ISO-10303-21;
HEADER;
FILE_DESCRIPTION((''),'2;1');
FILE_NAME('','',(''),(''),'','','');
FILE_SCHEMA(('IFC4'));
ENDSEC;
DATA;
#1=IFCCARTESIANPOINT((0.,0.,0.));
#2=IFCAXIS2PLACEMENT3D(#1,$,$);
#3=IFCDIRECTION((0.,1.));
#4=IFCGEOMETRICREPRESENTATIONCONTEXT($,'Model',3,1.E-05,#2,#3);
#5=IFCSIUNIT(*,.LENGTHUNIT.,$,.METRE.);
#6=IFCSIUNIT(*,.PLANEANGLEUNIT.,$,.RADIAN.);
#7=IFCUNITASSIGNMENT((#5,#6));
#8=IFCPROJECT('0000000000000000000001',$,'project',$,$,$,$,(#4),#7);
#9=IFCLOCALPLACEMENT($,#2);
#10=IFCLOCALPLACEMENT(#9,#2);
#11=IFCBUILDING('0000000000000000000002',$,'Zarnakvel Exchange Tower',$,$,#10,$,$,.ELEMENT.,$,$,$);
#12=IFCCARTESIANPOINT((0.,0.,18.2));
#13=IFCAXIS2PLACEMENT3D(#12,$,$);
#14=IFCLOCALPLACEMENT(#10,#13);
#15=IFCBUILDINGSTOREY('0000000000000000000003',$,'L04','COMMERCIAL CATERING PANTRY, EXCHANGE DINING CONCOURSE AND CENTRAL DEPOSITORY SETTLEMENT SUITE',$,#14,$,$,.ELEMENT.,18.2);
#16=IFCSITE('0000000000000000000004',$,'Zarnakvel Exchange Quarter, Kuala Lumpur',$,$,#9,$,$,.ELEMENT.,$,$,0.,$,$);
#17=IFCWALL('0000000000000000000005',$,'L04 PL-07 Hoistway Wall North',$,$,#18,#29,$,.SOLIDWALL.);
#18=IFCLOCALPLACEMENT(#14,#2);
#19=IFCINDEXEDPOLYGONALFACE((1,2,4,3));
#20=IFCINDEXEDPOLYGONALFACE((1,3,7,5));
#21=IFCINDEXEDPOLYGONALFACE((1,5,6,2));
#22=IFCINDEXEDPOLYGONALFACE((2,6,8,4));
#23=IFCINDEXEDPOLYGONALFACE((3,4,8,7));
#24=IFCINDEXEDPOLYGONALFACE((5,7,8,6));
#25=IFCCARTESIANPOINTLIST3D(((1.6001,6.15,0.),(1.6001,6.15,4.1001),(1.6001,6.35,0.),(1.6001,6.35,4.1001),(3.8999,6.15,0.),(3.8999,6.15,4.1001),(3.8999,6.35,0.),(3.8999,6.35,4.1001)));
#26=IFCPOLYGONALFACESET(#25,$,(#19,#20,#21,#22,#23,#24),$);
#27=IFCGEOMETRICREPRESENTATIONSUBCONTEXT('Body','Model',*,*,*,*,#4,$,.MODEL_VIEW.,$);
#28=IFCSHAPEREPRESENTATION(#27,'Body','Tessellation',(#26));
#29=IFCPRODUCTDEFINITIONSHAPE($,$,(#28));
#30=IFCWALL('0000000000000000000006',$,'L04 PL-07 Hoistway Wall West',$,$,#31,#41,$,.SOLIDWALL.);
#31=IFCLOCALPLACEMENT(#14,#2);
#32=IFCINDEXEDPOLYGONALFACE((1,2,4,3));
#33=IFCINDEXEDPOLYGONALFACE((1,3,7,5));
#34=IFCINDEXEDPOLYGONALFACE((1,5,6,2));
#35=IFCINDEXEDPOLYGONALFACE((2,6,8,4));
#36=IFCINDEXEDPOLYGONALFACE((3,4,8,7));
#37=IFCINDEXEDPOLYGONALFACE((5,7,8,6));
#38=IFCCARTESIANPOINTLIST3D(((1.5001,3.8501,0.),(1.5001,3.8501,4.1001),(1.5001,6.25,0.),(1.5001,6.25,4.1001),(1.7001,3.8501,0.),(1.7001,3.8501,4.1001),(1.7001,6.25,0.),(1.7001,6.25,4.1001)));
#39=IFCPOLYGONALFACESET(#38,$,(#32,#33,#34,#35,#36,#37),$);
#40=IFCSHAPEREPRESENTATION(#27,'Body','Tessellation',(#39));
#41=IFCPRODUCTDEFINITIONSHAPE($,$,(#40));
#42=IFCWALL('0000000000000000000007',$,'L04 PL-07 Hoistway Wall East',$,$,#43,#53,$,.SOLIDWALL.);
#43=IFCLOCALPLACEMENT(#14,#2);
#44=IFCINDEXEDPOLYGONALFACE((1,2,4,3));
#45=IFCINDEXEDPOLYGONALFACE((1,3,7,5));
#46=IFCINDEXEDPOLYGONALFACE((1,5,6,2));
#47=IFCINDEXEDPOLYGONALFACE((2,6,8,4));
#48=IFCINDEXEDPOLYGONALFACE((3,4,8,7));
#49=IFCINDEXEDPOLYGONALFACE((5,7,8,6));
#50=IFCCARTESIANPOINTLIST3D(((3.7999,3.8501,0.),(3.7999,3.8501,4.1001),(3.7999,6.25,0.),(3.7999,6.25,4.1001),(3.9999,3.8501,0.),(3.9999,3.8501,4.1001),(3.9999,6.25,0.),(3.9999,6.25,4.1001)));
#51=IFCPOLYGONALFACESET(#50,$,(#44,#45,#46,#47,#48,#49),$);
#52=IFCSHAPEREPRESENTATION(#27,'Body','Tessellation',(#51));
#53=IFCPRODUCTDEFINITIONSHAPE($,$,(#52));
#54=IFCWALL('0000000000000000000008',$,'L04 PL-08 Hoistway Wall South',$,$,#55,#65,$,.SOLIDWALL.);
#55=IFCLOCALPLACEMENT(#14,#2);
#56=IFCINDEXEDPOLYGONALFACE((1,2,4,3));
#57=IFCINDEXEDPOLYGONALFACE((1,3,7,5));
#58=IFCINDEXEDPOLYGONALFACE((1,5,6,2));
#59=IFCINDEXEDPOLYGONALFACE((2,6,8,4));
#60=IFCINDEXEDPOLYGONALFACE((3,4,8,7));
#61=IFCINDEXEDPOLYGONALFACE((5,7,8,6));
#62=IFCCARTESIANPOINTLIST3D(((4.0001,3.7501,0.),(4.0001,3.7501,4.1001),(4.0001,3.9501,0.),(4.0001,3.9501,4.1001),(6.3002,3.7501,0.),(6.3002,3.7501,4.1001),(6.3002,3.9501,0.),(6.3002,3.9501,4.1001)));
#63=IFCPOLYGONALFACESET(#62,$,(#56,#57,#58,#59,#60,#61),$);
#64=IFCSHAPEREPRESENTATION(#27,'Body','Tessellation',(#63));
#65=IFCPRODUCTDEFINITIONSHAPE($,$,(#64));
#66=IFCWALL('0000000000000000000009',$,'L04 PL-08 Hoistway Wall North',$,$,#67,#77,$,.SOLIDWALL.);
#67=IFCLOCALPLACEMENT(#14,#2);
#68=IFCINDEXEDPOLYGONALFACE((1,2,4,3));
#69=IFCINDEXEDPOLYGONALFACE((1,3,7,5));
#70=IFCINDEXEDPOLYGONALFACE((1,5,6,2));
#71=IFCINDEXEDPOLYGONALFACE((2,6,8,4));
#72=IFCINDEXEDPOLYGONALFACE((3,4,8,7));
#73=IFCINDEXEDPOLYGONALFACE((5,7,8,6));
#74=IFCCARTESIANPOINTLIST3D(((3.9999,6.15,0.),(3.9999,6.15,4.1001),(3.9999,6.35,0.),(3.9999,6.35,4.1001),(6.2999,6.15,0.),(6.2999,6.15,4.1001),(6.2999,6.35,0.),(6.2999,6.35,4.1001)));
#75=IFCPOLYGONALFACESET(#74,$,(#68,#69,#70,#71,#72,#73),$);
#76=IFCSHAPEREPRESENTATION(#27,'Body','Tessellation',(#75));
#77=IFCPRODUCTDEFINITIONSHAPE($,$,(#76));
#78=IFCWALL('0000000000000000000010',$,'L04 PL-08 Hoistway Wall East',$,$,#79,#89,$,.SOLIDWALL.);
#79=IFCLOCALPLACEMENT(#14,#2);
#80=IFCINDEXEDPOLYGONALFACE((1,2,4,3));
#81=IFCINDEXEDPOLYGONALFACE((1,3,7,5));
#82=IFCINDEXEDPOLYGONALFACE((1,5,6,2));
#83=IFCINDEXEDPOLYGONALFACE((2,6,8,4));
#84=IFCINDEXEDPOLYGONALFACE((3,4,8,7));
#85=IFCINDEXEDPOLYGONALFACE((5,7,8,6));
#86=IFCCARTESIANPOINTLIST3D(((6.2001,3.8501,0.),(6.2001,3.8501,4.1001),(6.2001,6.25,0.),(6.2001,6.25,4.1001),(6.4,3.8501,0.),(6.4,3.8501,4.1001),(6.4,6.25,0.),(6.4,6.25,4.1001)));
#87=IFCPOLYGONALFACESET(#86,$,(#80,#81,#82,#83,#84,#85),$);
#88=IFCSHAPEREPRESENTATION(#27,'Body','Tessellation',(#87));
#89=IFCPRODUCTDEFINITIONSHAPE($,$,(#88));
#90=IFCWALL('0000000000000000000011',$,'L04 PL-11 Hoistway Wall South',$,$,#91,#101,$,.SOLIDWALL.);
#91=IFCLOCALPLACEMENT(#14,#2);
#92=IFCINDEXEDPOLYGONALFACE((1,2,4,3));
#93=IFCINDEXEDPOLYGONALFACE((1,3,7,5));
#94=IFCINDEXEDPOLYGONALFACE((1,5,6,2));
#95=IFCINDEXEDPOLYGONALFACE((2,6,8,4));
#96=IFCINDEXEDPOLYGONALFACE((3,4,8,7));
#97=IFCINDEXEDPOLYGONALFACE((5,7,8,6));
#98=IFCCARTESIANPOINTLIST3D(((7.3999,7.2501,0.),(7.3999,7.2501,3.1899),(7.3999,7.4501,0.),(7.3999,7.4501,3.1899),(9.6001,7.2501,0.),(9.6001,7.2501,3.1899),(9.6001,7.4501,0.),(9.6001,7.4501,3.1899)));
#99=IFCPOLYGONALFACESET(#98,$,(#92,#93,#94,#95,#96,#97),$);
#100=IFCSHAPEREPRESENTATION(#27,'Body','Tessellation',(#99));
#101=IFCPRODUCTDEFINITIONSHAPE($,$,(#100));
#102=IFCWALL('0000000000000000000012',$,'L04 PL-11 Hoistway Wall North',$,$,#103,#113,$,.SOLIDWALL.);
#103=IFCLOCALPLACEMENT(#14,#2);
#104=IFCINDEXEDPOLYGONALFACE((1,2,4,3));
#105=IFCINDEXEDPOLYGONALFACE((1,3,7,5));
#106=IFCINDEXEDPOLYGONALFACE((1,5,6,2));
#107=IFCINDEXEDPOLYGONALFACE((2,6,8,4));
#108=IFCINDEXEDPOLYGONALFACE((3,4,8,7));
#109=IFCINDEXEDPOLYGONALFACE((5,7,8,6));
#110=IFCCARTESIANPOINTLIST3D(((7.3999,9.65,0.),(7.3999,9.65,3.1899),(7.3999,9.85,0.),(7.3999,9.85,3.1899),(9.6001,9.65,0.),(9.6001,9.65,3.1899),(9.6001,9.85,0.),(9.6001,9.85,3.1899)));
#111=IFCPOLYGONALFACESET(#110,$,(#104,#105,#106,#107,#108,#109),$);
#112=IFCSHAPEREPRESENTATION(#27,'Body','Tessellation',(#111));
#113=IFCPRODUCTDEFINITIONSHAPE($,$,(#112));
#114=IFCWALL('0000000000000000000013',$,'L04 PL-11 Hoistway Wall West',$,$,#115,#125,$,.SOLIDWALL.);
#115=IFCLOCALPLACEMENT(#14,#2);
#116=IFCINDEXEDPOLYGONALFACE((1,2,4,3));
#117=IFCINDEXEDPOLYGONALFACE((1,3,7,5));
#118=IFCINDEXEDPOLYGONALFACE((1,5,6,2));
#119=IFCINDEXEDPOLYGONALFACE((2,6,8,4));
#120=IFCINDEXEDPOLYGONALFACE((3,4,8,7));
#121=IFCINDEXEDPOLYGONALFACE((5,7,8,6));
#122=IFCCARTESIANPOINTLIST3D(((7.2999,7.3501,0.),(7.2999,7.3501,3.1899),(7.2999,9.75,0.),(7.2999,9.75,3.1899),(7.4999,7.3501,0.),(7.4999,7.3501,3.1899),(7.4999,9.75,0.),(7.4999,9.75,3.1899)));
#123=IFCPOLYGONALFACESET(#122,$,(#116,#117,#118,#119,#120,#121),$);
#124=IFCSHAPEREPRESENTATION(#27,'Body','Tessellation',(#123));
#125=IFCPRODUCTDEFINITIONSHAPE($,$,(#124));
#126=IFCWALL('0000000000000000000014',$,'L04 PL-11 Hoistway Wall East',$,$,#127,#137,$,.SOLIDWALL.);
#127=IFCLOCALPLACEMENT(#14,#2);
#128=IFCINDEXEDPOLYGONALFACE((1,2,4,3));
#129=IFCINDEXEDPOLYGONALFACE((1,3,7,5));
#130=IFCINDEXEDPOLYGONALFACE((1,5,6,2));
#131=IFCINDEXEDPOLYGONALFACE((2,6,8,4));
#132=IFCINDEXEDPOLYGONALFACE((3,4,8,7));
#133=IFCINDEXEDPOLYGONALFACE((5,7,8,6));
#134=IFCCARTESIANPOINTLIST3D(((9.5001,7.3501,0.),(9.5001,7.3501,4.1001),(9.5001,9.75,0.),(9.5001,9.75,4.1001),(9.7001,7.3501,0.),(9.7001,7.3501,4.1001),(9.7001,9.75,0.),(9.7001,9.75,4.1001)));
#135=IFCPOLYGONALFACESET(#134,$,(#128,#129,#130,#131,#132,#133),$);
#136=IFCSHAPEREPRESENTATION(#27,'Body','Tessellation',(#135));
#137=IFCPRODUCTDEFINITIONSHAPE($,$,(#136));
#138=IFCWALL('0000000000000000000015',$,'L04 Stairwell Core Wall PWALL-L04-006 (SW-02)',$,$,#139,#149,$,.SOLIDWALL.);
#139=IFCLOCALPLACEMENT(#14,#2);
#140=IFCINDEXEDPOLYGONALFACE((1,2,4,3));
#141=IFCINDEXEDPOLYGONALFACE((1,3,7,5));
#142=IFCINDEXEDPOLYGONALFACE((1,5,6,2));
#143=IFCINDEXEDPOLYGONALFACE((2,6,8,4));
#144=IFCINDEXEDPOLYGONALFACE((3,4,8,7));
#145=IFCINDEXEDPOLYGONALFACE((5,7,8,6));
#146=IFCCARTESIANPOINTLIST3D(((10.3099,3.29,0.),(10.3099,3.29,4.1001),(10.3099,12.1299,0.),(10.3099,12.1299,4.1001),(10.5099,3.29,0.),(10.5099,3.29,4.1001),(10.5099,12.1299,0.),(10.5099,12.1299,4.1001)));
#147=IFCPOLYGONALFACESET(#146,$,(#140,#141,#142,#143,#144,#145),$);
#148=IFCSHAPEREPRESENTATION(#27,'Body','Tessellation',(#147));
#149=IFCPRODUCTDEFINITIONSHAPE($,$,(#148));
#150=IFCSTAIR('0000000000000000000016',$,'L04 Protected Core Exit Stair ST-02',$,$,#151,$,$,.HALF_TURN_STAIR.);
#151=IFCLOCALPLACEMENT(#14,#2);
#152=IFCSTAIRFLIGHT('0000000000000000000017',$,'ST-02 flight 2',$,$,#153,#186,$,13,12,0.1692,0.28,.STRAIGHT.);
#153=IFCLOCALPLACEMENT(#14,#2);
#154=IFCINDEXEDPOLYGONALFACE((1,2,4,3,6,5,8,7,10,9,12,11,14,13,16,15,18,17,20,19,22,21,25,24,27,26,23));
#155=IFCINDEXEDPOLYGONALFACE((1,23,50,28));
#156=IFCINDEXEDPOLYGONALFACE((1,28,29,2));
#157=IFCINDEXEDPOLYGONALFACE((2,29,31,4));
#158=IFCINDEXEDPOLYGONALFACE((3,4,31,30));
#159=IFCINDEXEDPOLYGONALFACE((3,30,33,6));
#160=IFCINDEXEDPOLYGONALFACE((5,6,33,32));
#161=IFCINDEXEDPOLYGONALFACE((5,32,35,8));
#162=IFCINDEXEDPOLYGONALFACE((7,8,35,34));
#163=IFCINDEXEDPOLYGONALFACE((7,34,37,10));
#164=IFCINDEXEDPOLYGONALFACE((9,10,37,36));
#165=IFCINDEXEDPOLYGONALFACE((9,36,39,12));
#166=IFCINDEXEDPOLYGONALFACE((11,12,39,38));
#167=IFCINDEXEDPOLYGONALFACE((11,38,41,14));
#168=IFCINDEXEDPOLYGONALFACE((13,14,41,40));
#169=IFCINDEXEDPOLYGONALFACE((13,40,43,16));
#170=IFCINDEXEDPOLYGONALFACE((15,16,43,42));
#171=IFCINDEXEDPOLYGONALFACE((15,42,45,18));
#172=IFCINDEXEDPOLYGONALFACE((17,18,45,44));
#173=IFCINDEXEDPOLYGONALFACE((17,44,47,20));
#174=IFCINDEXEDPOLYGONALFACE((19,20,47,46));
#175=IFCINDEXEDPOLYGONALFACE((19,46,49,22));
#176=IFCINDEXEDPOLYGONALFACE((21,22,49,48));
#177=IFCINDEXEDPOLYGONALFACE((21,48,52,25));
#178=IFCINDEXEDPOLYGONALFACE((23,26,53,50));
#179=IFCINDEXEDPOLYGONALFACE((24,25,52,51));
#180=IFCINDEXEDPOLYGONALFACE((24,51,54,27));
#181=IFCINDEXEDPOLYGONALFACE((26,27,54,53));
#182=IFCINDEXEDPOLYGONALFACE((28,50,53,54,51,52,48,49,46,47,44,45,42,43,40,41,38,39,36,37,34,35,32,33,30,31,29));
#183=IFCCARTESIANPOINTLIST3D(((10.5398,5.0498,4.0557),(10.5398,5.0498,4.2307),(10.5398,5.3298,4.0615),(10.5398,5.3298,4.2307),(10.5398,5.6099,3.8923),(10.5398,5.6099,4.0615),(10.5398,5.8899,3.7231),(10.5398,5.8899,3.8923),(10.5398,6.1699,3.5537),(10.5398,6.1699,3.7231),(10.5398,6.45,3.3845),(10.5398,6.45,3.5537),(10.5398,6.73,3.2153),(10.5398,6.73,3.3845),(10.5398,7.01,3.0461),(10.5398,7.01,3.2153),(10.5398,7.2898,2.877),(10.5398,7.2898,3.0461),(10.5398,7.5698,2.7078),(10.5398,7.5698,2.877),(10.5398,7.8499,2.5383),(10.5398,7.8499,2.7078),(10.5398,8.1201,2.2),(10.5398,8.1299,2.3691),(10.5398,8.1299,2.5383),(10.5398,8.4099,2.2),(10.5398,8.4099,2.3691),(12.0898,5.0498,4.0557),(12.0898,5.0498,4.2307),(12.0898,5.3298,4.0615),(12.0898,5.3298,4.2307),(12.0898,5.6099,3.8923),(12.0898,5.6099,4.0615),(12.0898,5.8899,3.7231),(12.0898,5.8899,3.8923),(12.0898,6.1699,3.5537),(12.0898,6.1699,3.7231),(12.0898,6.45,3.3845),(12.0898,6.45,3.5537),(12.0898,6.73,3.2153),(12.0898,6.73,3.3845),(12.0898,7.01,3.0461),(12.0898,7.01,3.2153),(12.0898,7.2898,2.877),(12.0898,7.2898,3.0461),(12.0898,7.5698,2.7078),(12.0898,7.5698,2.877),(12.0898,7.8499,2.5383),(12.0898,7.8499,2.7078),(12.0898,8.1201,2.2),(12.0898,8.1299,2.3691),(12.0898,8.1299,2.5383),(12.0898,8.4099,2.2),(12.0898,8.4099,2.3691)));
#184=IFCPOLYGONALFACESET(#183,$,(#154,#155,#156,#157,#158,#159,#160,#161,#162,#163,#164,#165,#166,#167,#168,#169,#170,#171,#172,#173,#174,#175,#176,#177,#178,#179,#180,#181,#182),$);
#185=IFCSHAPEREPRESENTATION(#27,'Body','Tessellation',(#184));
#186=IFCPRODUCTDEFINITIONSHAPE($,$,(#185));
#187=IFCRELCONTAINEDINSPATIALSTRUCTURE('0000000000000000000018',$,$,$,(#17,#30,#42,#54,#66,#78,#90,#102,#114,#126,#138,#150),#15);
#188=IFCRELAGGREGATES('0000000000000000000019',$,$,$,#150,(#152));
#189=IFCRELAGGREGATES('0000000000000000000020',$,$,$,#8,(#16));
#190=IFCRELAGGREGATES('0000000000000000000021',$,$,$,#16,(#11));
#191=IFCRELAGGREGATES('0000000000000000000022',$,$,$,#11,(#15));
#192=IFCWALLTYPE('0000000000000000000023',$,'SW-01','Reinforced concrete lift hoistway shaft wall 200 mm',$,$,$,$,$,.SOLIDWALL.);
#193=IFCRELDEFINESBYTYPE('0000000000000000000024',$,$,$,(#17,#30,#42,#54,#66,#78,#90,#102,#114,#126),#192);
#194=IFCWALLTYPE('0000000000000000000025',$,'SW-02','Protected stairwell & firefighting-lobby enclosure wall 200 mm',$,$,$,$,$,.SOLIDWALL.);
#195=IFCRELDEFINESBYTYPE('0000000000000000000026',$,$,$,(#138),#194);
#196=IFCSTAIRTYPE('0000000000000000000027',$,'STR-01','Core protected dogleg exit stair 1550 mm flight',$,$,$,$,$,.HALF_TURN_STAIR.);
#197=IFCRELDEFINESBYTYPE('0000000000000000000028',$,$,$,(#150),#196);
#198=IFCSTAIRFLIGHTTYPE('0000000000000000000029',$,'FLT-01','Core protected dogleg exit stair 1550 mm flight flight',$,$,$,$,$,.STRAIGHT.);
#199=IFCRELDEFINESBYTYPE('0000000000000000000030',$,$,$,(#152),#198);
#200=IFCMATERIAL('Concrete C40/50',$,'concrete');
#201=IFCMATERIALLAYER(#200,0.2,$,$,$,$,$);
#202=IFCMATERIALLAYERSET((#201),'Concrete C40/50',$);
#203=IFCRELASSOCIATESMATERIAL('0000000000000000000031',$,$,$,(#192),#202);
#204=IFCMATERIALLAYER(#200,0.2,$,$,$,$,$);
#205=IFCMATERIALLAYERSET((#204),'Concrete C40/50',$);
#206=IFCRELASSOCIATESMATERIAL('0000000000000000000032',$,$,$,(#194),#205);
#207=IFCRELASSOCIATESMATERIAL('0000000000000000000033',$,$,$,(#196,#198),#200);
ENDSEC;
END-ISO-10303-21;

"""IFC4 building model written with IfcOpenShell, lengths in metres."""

from ifc_helpers import new_model, si_unit, direction, frame, frame_2d, origin, place, context, subcontext, project, spatial, polyline, rectangle, outline, extrude, material, layer, layer_set, type_object, element, aggregate, save


model = new_model("IFC4")

# Units and contexts
model_context = context("Model", 3, precision=1e-05, world=origin(), true_north=direction((0.0, 1.0)))
body_context = subcontext(model_context, "Body", "Model", "MODEL_VIEW")
ifc_project = project(units=[si_unit("LENGTHUNIT", "METRE"), si_unit("PLANEANGLEUNIT", "RADIAN")], contexts=[model_context])

# Site, building, storey
site_placement = place(None, origin())
site = spatial("IfcSite", under=ifc_project, at=site_placement, Name="Zarnakvel Exchange Quarter, Kuala Lumpur", CompositionType="ELEMENT", RefElevation=0.0)
building_placement = place(site_placement, origin())
building = spatial("IfcBuilding", under=site, at=building_placement, Name="Zarnakvel Exchange Tower", CompositionType="ELEMENT")
storey_placement = place(building_placement, frame((0.0, 0.0, 18.2)))
storey = spatial("IfcBuildingStorey", under=building, at=storey_placement, Name="L04", Description="COMMERCIAL CATERING PANTRY, EXCHANGE DINING CONCOURSE AND CENTRAL DEPOSITORY SETTLEMENT SUITE", CompositionType="ELEMENT", Elevation=18.2)

# Shared definitions
ifc_material_1 = material(Name="Concrete C40/50", Category="concrete")
ifc_layer_1 = layer(ifc_material_1, 0.2)
ifc_layer_set_1 = layer_set([ifc_layer_1], Name="Concrete C40/50")
wall_type_1 = type_object("IfcWallType", Name="SW-01", Description="Reinforced concrete lift hoistway shaft wall 200 mm", PredefinedType="SOLIDWALL", material=ifc_layer_set_1)

# Walls
for number, where, z_axis, x_axis, name in (
    (1, (1.6001, 6.25, 0.0), (0.0, 0.0, 1.0), (1.0, 0.0, 0.0), "L04 PL-07 Hoistway Wall North"),
):
    element("IfcWall", number, at=place(storey_placement, frame(where, z_axis=z_axis, x_axis=x_axis)), inside=storey, type_object=wall_type_1, Name=name, PredefinedType="SOLIDWALL", context=body_context, shape_type="SweptSolid", body=[
        extrude(rectangle(XDim=2.2998, YDim=0.2, at=frame_2d((1.1499, 0.0))), origin(), (0.0, 0.0, 1.0), 4.1001),
    ])
for number, where, z_axis, x_axis, name in (
    (2, (1.6001, 3.8501, 0.0), (0.0, 0.0, 1.0), (0.0, 1.0, 0.0), "L04 PL-07 Hoistway Wall West"),
    (3, (3.8999, 6.25, 0.0), (0.0, 0.0, 1.0), (0.0, -1.0, 0.0), "L04 PL-07 Hoistway Wall East"),
):
    element("IfcWall", number, at=place(storey_placement, frame(where, z_axis=z_axis, x_axis=x_axis)), inside=storey, type_object=wall_type_1, Name=name, PredefinedType="SOLIDWALL", context=body_context, shape_type="SweptSolid", body=[
        extrude(rectangle(XDim=2.3999, YDim=0.2, at=frame_2d((1.2, 0.0))), origin(), (0.0, 0.0, 1.0), 4.1001),
    ])
for number, where, z_axis, x_axis, name in (
    (4, (6.3, 3.8501, 0.0), (0.0, 0.0, 1.0), (-1.0, 0.0, 0.0), "L04 PL-08 Hoistway Wall South"),
    (5, (4.0, 6.25, 0.0), (0.0, 0.0, 1.0), (1.0, 0.0, 0.0), "L04 PL-08 Hoistway Wall North"),
):
    element("IfcWall", number, at=place(storey_placement, frame(where, z_axis=z_axis, x_axis=x_axis)), inside=storey, type_object=wall_type_1, Name=name, PredefinedType="SOLIDWALL", context=body_context, shape_type="SweptSolid", body=[
        extrude(rectangle(XDim=2.3, YDim=0.2, at=frame_2d((1.1499, 0.0))), origin(), (0.0, 0.0, 1.0), 4.1001),
    ])
wall_1_placement = place(storey_placement, frame((6.3, 6.25, 0.0), z_axis=(0.0, 0.0, 1.0), x_axis=(0.0, -1.0, 0.0)))
element("IfcWall", 6, at=wall_1_placement, inside=storey, type_object=wall_type_1, Name="L04 PL-08 Hoistway Wall East", PredefinedType="SOLIDWALL", context=body_context, shape_type="SweptSolid", body=[
    extrude(rectangle(XDim=2.3999, YDim=0.2, at=frame_2d((1.2, 0.0))), origin(), (0.0, 0.0, 1.0), 4.1001),
])
for number, where, z_axis, x_axis, name in (
    (7, (9.6001, 7.3501, 0.0), (0.0, 0.0, 1.0), (-1.0, 0.0, 0.0), "L04 PL-11 Hoistway Wall South"),
    (8, (7.3999, 9.75, 0.0), (0.0, 0.0, 1.0), (1.0, 0.0, 0.0), "L04 PL-11 Hoistway Wall North"),
):
    element("IfcWall", number, at=place(storey_placement, frame(where, z_axis=z_axis, x_axis=x_axis)), inside=storey, type_object=wall_type_1, Name=name, PredefinedType="SOLIDWALL", context=body_context, shape_type="SweptSolid", body=[
        extrude(rectangle(XDim=2.2002, YDim=0.2, at=frame_2d((1.1001, 0.0))), origin(), (0.0, 0.0, 1.0), 3.1899),
    ])
wall_2_placement = place(storey_placement, frame((7.3999, 7.3501, 0.0), z_axis=(0.0, 0.0, 1.0), x_axis=(0.0, 1.0, 0.0)))
element("IfcWall", 9, at=wall_2_placement, inside=storey, type_object=wall_type_1, Name="L04 PL-11 Hoistway Wall West", PredefinedType="SOLIDWALL", context=body_context, shape_type="SweptSolid", body=[
    extrude(rectangle(XDim=2.3999, YDim=0.2, at=frame_2d((1.2, 0.0))), origin(), (0.0, 0.0, 1.0), 3.1899),
])
wall_3_placement = place(storey_placement, frame((9.6001, 9.75, 0.0), z_axis=(0.0, 0.0, 1.0), x_axis=(0.0, -1.0, 0.0)))
element("IfcWall", 10, at=wall_3_placement, inside=storey, type_object=wall_type_1, Name="L04 PL-11 Hoistway Wall East", PredefinedType="SOLIDWALL", context=body_context, shape_type="SweptSolid", body=[
    extrude(rectangle(XDim=2.3999, YDim=0.2, at=frame_2d((1.2, 0.0))), origin(), (0.0, 0.0, 1.0), 4.1001),
])
ifc_layer_2 = layer(ifc_material_1, 0.2)
ifc_layer_set_2 = layer_set([ifc_layer_2], Name="Concrete C40/50")
wall_type_2 = type_object("IfcWallType", Name="SW-02", Description="Protected stairwell & firefighting-lobby enclosure wall 200 mm", PredefinedType="SOLIDWALL", material=ifc_layer_set_2)
wall_4_placement = place(storey_placement, frame((10.4099, 3.29, 0.0), z_axis=(0.0, 0.0, 1.0), x_axis=(0.0, 1.0, 0.0)))
element("IfcWall", 11, at=wall_4_placement, inside=storey, type_object=wall_type_2, Name="L04 Stairwell Core Wall PWALL-L04-006 (SW-02)", PredefinedType="SOLIDWALL", context=body_context, shape_type="SweptSolid", body=[
    extrude(rectangle(XDim=8.8398, YDim=0.2, at=frame_2d((4.4199, 0.0))), origin(), (0.0, 0.0, 1.0), 4.1001),
])

# Stair, stair flight
stair_type = type_object("IfcStairType", Name="STR-01", Description="Core protected dogleg exit stair 1550 mm flight", PredefinedType="HALF_TURN_STAIR", material=ifc_material_1)
stair_placement = place(storey_placement, origin())
stair = element("IfcStair", 12, at=stair_placement, inside=storey, type_object=stair_type, Name="L04 Protected Core Exit Stair ST-02", PredefinedType="HALF_TURN_STAIR")
stair_flight_type = type_object("IfcStairFlightType", Name="FLT-01", Description="Core protected dogleg exit stair 1550 mm flight flight", PredefinedType="STRAIGHT", material=ifc_material_1)
stair_flight_placement = place(storey_placement, frame((11.3149, 8.4099, 2.2), z_axis=(0.0, 0.0, 1.0), x_axis=(0.0, -1.0, 0.0)))
stair_flight = element("IfcStairFlight", 13, at=stair_flight_placement, type_object=stair_flight_type, Name="ST-02 flight 2", NumberOfRisers=13, NumberOfTreads=12, PredefinedType="STRAIGHT", RiserHeight=0.1692, TreadLength=0.28, context=body_context, shape_type="SweptSolid", body=[
    extrude(outline(polyline([(0.0, 0.0), (0.0, 0.1692), (0.28, 0.1692), (0.28, 0.3384), (0.5601, 0.3384), (0.5601, 0.5078), (0.8401, 0.5078), (0.8401, 0.677), (1.1201, 0.677), (1.1201, 0.8462), (1.3999, 0.8462), (1.3999, 1.0154), (1.6799, 1.0154), (1.6799, 1.1846), (1.96, 1.1846), (1.96, 1.3538), (2.24, 1.3538), (2.24, 1.5232), (2.52, 1.5232), (2.52, 1.6924), (2.8, 1.6924), (2.8, 1.8616), (3.0801, 1.8616), (3.0801, 2.0308), (3.3601, 2.0308), (3.3601, 2.2), (3.3601, 1.8557), (0.2898, 0.0), (0.0, 0.0)])), frame((0.0, 0.7749, 0.0), z_axis=(0.0, -1.0, 0.0), x_axis=(1.0, 0.0, 0.0)), (0.0, 0.0, 1.0), 1.55),
])
aggregate(stair, [stair_flight])

save(model, "model.ifc")
